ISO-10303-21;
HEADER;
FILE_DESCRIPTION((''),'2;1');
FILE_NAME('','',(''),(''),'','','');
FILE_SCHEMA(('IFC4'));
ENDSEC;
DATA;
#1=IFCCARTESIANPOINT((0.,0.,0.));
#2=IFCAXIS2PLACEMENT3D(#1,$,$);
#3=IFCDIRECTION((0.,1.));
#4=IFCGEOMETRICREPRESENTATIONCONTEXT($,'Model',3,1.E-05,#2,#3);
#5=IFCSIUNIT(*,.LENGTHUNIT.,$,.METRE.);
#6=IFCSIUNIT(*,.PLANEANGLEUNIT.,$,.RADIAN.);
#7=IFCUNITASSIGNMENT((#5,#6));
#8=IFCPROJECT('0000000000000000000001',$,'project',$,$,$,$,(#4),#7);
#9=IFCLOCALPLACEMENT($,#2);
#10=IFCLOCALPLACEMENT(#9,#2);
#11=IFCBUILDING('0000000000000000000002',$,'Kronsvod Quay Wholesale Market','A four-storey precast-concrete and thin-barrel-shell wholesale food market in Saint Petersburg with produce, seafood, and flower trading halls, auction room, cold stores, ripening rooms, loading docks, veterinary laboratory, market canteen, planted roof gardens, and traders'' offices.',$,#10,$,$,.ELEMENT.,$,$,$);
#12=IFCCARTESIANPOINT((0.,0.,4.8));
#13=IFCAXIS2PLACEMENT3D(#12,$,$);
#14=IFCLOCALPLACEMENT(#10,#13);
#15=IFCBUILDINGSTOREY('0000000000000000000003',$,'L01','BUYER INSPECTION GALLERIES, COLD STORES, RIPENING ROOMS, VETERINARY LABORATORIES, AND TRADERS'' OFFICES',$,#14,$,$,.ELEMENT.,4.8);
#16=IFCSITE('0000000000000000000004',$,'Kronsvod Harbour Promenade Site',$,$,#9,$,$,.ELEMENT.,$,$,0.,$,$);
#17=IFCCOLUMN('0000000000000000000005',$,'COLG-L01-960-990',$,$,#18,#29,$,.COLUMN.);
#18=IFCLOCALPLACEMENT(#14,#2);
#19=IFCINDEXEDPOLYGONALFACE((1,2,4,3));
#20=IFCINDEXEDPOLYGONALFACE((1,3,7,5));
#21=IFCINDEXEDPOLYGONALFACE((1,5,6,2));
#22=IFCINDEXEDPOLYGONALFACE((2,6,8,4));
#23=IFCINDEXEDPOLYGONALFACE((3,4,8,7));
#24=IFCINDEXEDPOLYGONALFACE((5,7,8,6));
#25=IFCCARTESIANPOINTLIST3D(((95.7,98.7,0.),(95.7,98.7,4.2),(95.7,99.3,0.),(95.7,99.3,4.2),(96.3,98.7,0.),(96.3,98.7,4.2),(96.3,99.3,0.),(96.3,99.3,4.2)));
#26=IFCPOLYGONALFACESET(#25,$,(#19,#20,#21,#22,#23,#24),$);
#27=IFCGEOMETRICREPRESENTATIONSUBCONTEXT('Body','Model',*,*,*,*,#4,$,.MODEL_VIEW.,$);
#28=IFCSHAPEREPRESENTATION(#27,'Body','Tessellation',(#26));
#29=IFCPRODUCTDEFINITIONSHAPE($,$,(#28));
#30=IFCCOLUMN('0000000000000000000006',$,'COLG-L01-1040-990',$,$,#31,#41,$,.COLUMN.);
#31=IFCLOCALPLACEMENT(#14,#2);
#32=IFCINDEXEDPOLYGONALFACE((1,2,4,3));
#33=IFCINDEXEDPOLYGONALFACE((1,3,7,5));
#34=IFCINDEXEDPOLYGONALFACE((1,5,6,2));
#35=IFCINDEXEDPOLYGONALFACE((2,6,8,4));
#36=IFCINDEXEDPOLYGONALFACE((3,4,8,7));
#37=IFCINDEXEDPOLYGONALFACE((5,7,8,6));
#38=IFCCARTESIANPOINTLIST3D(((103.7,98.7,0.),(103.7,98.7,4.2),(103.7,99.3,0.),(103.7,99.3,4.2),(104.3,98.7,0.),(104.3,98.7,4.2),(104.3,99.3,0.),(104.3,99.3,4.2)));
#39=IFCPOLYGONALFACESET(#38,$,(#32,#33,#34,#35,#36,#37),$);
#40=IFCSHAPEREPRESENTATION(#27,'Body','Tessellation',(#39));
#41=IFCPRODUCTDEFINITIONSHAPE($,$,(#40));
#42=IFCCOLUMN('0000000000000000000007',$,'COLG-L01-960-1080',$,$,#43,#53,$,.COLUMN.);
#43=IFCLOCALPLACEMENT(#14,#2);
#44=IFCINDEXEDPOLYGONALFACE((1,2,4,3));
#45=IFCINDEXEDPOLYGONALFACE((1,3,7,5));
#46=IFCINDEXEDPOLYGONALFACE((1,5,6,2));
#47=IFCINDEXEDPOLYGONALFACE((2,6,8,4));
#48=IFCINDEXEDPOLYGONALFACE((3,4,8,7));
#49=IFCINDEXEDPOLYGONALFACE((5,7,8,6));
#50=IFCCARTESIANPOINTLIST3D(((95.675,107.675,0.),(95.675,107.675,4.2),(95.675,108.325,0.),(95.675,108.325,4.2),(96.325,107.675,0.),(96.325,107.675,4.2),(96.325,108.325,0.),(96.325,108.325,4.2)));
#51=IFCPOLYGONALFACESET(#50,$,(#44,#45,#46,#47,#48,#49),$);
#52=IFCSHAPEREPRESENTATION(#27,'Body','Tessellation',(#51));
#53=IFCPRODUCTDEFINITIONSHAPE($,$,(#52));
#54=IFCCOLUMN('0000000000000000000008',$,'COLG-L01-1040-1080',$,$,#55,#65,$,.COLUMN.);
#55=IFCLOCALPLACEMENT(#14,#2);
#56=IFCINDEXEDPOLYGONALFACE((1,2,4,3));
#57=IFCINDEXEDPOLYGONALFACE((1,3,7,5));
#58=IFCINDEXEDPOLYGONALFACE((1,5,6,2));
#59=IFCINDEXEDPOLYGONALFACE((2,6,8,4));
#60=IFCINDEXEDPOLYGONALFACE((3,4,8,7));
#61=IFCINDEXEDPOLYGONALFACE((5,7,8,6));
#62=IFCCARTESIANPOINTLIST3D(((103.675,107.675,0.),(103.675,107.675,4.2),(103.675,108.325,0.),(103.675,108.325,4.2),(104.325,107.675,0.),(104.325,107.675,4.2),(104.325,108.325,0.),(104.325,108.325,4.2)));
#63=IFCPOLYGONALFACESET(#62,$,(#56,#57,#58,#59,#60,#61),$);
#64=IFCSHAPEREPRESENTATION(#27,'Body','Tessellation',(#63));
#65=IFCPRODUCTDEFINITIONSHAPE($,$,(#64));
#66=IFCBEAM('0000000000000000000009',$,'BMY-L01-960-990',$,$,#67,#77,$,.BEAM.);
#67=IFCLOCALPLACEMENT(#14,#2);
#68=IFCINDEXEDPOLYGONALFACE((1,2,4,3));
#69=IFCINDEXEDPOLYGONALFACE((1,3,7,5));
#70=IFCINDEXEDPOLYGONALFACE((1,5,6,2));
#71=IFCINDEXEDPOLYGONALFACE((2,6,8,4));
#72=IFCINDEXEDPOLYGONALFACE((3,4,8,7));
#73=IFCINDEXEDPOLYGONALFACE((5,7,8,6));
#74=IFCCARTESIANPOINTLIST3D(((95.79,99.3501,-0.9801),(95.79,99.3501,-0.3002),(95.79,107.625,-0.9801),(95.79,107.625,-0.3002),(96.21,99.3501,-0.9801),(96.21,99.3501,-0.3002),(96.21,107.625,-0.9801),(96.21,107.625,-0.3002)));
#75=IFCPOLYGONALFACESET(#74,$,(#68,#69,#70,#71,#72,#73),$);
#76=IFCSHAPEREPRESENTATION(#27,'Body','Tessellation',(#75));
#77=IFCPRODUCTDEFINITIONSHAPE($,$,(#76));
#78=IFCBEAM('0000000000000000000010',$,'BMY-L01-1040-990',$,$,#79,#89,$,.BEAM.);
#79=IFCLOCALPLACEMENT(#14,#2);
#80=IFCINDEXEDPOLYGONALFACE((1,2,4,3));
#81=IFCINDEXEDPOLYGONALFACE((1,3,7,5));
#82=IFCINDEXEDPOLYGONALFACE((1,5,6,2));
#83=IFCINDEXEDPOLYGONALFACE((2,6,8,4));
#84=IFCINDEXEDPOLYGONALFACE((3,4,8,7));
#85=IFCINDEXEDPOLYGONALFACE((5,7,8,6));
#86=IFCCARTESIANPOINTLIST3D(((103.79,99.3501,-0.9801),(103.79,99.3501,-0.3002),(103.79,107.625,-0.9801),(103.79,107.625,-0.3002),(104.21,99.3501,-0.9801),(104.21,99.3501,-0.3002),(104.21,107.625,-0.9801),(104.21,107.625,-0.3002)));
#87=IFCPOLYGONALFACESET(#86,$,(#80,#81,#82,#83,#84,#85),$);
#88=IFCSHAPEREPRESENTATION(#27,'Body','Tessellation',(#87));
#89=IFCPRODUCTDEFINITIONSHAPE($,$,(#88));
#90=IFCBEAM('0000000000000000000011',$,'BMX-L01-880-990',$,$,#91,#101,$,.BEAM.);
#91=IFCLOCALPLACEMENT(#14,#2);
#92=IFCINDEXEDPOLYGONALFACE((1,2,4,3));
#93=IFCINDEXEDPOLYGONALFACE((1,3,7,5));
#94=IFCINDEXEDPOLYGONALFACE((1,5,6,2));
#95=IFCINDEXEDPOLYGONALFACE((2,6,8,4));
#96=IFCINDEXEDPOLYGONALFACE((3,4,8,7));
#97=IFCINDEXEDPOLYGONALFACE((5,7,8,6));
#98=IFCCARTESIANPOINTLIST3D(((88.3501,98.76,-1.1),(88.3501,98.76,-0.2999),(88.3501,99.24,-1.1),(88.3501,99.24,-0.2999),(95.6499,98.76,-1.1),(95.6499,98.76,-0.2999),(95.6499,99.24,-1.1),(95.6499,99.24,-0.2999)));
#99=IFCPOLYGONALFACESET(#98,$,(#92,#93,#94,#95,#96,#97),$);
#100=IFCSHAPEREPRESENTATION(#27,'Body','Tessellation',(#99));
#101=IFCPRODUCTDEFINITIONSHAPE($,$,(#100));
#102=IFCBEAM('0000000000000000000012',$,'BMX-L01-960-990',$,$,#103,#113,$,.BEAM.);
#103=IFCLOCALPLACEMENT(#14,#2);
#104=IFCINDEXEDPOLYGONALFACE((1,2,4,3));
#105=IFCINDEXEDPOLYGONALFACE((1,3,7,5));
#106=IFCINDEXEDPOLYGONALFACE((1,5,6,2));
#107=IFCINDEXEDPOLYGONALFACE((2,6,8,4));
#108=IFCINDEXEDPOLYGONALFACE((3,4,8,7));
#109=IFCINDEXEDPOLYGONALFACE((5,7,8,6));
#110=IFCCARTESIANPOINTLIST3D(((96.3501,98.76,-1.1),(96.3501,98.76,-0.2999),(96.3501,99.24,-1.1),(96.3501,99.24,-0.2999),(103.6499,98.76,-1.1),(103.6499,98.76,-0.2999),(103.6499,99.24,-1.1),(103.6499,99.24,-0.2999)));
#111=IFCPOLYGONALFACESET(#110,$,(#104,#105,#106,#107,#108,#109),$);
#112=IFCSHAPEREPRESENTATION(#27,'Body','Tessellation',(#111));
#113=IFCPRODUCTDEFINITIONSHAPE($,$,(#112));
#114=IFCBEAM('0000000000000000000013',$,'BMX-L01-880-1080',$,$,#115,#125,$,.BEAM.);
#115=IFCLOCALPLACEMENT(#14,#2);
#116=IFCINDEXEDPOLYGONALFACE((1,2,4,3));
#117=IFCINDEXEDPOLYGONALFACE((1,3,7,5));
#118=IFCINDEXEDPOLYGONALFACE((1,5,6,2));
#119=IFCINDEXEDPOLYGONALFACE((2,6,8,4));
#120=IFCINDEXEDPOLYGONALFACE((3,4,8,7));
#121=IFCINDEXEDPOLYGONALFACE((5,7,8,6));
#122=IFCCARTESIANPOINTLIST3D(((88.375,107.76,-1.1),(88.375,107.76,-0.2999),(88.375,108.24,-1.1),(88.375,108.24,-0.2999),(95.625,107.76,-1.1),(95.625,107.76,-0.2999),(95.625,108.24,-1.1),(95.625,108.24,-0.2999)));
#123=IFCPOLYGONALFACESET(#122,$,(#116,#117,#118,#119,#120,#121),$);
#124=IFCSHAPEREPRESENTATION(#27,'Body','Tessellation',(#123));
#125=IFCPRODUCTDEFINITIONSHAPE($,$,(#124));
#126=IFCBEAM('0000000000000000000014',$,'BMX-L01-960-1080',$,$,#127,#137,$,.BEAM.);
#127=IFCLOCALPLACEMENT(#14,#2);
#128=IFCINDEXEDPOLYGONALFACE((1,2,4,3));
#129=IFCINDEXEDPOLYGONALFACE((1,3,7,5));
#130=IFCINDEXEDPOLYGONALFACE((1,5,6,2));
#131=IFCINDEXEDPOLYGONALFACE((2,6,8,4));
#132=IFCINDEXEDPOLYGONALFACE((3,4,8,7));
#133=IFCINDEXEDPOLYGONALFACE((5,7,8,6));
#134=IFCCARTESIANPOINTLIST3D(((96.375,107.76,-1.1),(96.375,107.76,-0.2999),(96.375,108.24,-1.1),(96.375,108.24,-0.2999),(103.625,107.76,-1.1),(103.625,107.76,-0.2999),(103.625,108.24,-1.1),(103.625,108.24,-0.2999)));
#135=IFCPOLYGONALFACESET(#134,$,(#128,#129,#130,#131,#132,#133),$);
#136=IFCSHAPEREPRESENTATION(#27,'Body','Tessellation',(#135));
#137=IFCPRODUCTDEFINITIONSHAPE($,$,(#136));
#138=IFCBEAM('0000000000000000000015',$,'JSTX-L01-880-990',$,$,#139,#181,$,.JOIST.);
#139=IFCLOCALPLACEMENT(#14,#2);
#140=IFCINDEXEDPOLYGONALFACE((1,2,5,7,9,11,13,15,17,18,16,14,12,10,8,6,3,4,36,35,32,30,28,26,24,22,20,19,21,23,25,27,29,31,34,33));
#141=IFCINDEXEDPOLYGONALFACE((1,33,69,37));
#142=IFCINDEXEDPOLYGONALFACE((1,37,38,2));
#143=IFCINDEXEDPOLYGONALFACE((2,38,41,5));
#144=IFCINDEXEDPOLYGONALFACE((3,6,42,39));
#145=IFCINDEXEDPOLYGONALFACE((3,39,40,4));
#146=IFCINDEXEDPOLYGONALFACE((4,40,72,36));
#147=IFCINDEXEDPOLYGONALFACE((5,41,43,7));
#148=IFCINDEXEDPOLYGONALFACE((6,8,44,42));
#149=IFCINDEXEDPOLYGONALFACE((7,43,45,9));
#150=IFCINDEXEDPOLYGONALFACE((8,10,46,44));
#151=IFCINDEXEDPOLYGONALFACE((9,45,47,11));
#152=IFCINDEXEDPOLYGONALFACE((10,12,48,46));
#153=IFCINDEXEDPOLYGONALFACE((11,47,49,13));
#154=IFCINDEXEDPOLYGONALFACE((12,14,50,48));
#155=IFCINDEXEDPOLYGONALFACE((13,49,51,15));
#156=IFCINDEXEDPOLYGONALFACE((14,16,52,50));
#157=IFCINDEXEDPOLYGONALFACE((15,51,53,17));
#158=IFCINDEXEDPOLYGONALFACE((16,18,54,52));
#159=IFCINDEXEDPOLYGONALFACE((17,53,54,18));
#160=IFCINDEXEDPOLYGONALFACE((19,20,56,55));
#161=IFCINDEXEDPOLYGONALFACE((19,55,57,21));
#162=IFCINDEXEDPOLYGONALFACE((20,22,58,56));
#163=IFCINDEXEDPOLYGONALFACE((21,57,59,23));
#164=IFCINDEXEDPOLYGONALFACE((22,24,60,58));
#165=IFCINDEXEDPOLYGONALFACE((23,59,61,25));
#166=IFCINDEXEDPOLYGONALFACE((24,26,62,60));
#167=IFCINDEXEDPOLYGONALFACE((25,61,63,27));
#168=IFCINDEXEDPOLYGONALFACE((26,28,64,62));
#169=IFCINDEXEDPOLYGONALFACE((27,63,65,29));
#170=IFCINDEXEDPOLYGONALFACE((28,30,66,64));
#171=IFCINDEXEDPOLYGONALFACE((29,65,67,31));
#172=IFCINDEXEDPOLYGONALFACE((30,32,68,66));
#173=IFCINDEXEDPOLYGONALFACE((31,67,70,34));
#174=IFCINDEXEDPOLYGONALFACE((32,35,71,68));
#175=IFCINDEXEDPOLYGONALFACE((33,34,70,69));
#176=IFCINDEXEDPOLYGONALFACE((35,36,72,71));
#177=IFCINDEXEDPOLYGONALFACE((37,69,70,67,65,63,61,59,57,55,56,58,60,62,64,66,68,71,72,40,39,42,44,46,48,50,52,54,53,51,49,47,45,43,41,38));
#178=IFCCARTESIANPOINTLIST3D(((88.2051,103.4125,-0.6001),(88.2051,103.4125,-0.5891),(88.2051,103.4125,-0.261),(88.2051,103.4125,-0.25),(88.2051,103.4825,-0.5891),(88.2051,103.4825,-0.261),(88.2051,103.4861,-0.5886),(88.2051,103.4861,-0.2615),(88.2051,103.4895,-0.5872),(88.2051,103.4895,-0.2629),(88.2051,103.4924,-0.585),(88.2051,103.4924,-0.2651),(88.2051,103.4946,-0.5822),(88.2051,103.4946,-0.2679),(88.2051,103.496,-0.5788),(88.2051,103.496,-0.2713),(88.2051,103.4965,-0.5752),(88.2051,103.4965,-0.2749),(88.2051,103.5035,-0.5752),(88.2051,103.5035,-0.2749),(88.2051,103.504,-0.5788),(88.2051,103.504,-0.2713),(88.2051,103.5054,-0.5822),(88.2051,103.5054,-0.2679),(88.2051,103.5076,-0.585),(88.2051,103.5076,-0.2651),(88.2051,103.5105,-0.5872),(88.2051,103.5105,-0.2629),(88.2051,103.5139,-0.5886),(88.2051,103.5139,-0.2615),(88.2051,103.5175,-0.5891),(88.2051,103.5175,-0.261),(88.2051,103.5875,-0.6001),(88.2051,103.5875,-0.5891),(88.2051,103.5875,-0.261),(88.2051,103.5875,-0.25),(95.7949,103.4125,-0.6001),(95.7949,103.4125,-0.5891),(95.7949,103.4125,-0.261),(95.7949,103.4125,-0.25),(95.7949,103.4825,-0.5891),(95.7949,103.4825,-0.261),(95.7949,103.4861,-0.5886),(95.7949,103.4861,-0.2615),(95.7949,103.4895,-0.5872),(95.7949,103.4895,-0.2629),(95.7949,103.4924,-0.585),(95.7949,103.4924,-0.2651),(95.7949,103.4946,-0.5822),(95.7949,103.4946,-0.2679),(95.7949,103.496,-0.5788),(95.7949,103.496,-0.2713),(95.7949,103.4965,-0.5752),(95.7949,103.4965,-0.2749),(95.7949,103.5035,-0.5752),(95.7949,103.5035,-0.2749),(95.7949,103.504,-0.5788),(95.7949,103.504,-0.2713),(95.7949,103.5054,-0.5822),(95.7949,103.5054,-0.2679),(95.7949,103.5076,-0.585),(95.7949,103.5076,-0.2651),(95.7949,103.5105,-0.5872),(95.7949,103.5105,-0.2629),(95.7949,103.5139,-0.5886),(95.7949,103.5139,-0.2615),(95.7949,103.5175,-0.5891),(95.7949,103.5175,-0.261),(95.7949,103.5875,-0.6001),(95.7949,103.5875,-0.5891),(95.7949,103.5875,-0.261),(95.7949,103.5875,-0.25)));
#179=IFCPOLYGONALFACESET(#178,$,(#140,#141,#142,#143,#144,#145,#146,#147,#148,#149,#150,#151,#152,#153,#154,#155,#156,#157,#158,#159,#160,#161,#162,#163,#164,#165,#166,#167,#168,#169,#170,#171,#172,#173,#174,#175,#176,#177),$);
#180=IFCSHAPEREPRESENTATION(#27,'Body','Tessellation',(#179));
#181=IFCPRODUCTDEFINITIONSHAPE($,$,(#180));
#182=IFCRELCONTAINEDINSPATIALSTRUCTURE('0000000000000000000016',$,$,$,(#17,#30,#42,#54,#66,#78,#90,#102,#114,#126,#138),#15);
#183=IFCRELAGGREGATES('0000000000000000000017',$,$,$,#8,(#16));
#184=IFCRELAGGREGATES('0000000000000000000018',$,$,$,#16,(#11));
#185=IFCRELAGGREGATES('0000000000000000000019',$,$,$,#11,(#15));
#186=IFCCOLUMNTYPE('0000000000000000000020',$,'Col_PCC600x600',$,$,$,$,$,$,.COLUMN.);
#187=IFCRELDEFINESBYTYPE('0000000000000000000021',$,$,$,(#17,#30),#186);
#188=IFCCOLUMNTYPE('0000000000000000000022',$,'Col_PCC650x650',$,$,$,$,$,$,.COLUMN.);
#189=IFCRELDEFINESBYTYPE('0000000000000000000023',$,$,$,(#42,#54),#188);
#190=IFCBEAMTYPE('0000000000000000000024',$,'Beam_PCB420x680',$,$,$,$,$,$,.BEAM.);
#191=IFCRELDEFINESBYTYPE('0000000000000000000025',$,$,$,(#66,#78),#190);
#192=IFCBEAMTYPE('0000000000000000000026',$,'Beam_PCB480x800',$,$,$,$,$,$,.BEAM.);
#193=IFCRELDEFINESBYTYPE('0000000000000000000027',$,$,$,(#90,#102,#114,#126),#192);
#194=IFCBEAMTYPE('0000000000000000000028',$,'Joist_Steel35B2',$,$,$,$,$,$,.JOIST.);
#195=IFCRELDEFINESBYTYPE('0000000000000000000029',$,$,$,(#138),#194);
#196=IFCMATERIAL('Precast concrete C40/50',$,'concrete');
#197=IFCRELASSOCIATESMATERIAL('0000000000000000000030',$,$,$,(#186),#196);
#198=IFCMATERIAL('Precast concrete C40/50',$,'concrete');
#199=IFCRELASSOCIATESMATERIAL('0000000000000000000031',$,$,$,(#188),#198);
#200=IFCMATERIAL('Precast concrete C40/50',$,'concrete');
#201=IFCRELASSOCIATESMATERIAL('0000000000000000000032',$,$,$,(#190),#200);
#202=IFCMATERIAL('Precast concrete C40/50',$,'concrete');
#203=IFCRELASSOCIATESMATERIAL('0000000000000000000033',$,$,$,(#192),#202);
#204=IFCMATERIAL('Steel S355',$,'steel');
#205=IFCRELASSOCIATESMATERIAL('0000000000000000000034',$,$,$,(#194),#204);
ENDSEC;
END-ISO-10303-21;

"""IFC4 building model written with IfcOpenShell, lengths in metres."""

from ifc_helpers import new_model, si_unit, direction, frame, origin, origin_2d, place, context, subcontext, project, spatial, rectangle, i_section, extrude, material, material_profile, profile_set, type_object, element, save


model = new_model("IFC4")

# Units and contexts
model_context = context("Model", 3, precision=1e-05, world=origin(), true_north=direction((0.0, 1.0)))
body_context = subcontext(model_context, "Body", "Model", "MODEL_VIEW")
ifc_project = project(units=[si_unit("LENGTHUNIT", "METRE"), si_unit("PLANEANGLEUNIT", "RADIAN")], contexts=[model_context])

# Site, building, storey
site_placement = place(None, origin())
site = spatial("IfcSite", under=ifc_project, at=site_placement, Name="Kronsvod Harbour Promenade Site", CompositionType="ELEMENT", RefElevation=0.0)
building_placement = place(site_placement, origin())
building = spatial("IfcBuilding", under=site, at=building_placement, Name="Kronsvod Quay Wholesale Market", Description="A four-storey precast-concrete and thin-barrel-shell wholesale food market in Saint Petersburg with produce, seafood, and flower trading halls, auction room, cold stores, ripening rooms, loading docks, veterinary laboratory, market canteen, planted roof gardens, and traders' offices.", CompositionType="ELEMENT")
storey_placement = place(building_placement, frame((0.0, 0.0, 4.8)))
storey = spatial("IfcBuildingStorey", under=building, at=storey_placement, Name="L01", Description="BUYER INSPECTION GALLERIES, COLD STORES, RIPENING ROOMS, VETERINARY LABORATORIES, AND TRADERS' OFFICES", CompositionType="ELEMENT", Elevation=4.8)

# Columns
ifc_material_1 = material(Name="Precast concrete C40/50", Category="concrete")
ifc_material_profile_1 = material_profile(ifc_material_1, rectangle(XDim=0.6001, YDim=0.6001, at=origin_2d()), Name="PCC600x600")
ifc_profile_set_1 = profile_set([ifc_material_profile_1], Name="Precast concrete C40/50")
column_type_1 = type_object("IfcColumnType", Name="Col_PCC600x600", PredefinedType="COLUMN", material=ifc_profile_set_1)
for number, where, z_axis, x_axis, name in (
    (1, (96.0, 99.0, 0.0), (0.0, 0.0, 1.0), (1.0, 0.0, 0.0), "COLG-L01-960-990"),
    (2, (104.0, 99.0, 0.0), (0.0, 0.0, 1.0), (1.0, 0.0, 0.0), "COLG-L01-1040-990"),
):
    element("IfcColumn", number, at=place(storey_placement, frame(where, z_axis=z_axis, x_axis=x_axis)), inside=storey, type_object=column_type_1, Name=name, PredefinedType="COLUMN", context=body_context, shape_type="SweptSolid", body=[
        extrude(rectangle(XDim=0.6001, YDim=0.6001, at=origin_2d()), origin(), (0.0, 0.0, 1.0), 4.2),
    ])
ifc_material_2 = material(Name="Precast concrete C40/50", Category="concrete")
ifc_material_profile_2 = material_profile(ifc_material_2, rectangle(XDim=0.6499, YDim=0.6499, at=origin_2d()), Name="COL-08")
ifc_profile_set_2 = profile_set([ifc_material_profile_2], Name="Precast concrete C40/50")
column_type_2 = type_object("IfcColumnType", Name="Col_PCC650x650", PredefinedType="COLUMN", material=ifc_profile_set_2)
for number, where, z_axis, x_axis, name in (
    (3, (96.0, 108.0, 0.0), (0.0, 0.0, 1.0), (1.0, 0.0, 0.0), "COLG-L01-960-1080"),
    (4, (104.0, 108.0, 0.0), (0.0, 0.0, 1.0), (1.0, 0.0, 0.0), "COLG-L01-1040-1080"),
):
    element("IfcColumn", number, at=place(storey_placement, frame(where, z_axis=z_axis, x_axis=x_axis)), inside=storey, type_object=column_type_2, Name=name, PredefinedType="COLUMN", context=body_context, shape_type="SweptSolid", body=[
        extrude(rectangle(XDim=0.6499, YDim=0.6499, at=origin_2d()), origin(), (0.0, 0.0, 1.0), 4.2),
    ])

# Beams
ifc_material_3 = material(Name="Precast concrete C40/50", Category="concrete")
ifc_material_profile_3 = material_profile(ifc_material_3, rectangle(XDim=0.4199, YDim=0.6799, at=origin_2d()), Name="PB-05")
ifc_profile_set_3 = profile_set([ifc_material_profile_3], Name="Precast concrete C40/50")
beam_type_1 = type_object("IfcBeamType", Name="Beam_PCB420x680", PredefinedType="BEAM", material=ifc_profile_set_3)
for number, where, z_axis, x_axis, name in (
    (5, (96.0, 99.3501, -0.6401), (0.0, 1.0, 0.0), (-1.0, 0.0, 0.0), "BMY-L01-960-990"),
    (6, (104.0, 99.3501, -0.6401), (0.0, 1.0, 0.0), (-1.0, 0.0, 0.0), "BMY-L01-1040-990"),
):
    element("IfcBeam", number, at=place(storey_placement, frame(where, z_axis=z_axis, x_axis=x_axis)), inside=storey, type_object=beam_type_1, Name=name, PredefinedType="BEAM", context=body_context, shape_type="SweptSolid", body=[
        extrude(rectangle(XDim=0.4199, YDim=0.6799, at=origin_2d()), origin(), (0.0, 0.0, 1.0), 8.2749),
    ])
ifc_material_4 = material(Name="Precast concrete C40/50", Category="concrete")
ifc_material_profile_4 = material_profile(ifc_material_4, rectangle(XDim=0.48, YDim=0.8, at=origin_2d()), Name="PB-04")
ifc_profile_set_4 = profile_set([ifc_material_profile_4], Name="Precast concrete C40/50")
beam_type_2 = type_object("IfcBeamType", Name="Beam_PCB480x800", PredefinedType="BEAM", material=ifc_profile_set_4)
for number, where, z_axis, x_axis, name in (
    (7, (88.3501, 99.0, -0.7), (1.0, 0.0, 0.0), (0.0, 1.0, 0.0), "BMX-L01-880-990"),
    (8, (96.3501, 99.0, -0.7), (1.0, 0.0, 0.0), (0.0, 1.0, 0.0), "BMX-L01-960-990"),
):
    element("IfcBeam", number, at=place(storey_placement, frame(where, z_axis=z_axis, x_axis=x_axis)), inside=storey, type_object=beam_type_2, Name=name, PredefinedType="BEAM", context=body_context, shape_type="SweptSolid", body=[
        extrude(rectangle(XDim=0.48, YDim=0.8, at=origin_2d()), origin(), (0.0, 0.0, 1.0), 7.2998),
    ])
for number, where, z_axis, x_axis, name in (
    (9, (88.375, 108.0, -0.7), (1.0, 0.0, 0.0), (0.0, 1.0, 0.0), "BMX-L01-880-1080"),
    (10, (96.375, 108.0, -0.7), (1.0, 0.0, 0.0), (0.0, 1.0, 0.0), "BMX-L01-960-1080"),
):
    element("IfcBeam", number, at=place(storey_placement, frame(where, z_axis=z_axis, x_axis=x_axis)), inside=storey, type_object=beam_type_2, Name=name, PredefinedType="BEAM", context=body_context, shape_type="SweptSolid", body=[
        extrude(rectangle(XDim=0.48, YDim=0.8, at=origin_2d()), origin(), (0.0, 0.0, 1.0), 7.25),
    ])
ifc_material_5 = material(Name="Steel S355", Category="steel")
ifc_material_profile_5 = material_profile(ifc_material_5, i_section(OverallWidth=0.175, OverallDepth=0.3501, WebThickness=0.0071, FlangeThickness=0.011, FilletRadius=0.0139, at=origin_2d()), Name="35B2")
ifc_profile_set_5 = profile_set([ifc_material_profile_5], Name="Steel S355")
beam_type_3 = type_object("IfcBeamType", Name="Joist_Steel35B2", PredefinedType="JOIST", material=ifc_profile_set_5)
for number, where, z_axis, x_axis, name in (
    (11, (88.2051, 103.5, -0.425), (1.0, 0.0, 0.0), (0.0, 1.0, 0.0), "JSTX-L01-880-990"),
):
    element("IfcBeam", number, at=place(storey_placement, frame(where, z_axis=z_axis, x_axis=x_axis)), inside=storey, type_object=beam_type_3, Name=name, PredefinedType="JOIST", context=body_context, shape_type="SweptSolid", body=[
        extrude(i_section(OverallWidth=0.175, OverallDepth=0.3501, WebThickness=0.0071, FlangeThickness=0.011, FilletRadius=0.0139, at=origin_2d()), origin(), (0.0, 0.0, 1.0), 7.5898),
    ])

save(model, "model.ifc")
